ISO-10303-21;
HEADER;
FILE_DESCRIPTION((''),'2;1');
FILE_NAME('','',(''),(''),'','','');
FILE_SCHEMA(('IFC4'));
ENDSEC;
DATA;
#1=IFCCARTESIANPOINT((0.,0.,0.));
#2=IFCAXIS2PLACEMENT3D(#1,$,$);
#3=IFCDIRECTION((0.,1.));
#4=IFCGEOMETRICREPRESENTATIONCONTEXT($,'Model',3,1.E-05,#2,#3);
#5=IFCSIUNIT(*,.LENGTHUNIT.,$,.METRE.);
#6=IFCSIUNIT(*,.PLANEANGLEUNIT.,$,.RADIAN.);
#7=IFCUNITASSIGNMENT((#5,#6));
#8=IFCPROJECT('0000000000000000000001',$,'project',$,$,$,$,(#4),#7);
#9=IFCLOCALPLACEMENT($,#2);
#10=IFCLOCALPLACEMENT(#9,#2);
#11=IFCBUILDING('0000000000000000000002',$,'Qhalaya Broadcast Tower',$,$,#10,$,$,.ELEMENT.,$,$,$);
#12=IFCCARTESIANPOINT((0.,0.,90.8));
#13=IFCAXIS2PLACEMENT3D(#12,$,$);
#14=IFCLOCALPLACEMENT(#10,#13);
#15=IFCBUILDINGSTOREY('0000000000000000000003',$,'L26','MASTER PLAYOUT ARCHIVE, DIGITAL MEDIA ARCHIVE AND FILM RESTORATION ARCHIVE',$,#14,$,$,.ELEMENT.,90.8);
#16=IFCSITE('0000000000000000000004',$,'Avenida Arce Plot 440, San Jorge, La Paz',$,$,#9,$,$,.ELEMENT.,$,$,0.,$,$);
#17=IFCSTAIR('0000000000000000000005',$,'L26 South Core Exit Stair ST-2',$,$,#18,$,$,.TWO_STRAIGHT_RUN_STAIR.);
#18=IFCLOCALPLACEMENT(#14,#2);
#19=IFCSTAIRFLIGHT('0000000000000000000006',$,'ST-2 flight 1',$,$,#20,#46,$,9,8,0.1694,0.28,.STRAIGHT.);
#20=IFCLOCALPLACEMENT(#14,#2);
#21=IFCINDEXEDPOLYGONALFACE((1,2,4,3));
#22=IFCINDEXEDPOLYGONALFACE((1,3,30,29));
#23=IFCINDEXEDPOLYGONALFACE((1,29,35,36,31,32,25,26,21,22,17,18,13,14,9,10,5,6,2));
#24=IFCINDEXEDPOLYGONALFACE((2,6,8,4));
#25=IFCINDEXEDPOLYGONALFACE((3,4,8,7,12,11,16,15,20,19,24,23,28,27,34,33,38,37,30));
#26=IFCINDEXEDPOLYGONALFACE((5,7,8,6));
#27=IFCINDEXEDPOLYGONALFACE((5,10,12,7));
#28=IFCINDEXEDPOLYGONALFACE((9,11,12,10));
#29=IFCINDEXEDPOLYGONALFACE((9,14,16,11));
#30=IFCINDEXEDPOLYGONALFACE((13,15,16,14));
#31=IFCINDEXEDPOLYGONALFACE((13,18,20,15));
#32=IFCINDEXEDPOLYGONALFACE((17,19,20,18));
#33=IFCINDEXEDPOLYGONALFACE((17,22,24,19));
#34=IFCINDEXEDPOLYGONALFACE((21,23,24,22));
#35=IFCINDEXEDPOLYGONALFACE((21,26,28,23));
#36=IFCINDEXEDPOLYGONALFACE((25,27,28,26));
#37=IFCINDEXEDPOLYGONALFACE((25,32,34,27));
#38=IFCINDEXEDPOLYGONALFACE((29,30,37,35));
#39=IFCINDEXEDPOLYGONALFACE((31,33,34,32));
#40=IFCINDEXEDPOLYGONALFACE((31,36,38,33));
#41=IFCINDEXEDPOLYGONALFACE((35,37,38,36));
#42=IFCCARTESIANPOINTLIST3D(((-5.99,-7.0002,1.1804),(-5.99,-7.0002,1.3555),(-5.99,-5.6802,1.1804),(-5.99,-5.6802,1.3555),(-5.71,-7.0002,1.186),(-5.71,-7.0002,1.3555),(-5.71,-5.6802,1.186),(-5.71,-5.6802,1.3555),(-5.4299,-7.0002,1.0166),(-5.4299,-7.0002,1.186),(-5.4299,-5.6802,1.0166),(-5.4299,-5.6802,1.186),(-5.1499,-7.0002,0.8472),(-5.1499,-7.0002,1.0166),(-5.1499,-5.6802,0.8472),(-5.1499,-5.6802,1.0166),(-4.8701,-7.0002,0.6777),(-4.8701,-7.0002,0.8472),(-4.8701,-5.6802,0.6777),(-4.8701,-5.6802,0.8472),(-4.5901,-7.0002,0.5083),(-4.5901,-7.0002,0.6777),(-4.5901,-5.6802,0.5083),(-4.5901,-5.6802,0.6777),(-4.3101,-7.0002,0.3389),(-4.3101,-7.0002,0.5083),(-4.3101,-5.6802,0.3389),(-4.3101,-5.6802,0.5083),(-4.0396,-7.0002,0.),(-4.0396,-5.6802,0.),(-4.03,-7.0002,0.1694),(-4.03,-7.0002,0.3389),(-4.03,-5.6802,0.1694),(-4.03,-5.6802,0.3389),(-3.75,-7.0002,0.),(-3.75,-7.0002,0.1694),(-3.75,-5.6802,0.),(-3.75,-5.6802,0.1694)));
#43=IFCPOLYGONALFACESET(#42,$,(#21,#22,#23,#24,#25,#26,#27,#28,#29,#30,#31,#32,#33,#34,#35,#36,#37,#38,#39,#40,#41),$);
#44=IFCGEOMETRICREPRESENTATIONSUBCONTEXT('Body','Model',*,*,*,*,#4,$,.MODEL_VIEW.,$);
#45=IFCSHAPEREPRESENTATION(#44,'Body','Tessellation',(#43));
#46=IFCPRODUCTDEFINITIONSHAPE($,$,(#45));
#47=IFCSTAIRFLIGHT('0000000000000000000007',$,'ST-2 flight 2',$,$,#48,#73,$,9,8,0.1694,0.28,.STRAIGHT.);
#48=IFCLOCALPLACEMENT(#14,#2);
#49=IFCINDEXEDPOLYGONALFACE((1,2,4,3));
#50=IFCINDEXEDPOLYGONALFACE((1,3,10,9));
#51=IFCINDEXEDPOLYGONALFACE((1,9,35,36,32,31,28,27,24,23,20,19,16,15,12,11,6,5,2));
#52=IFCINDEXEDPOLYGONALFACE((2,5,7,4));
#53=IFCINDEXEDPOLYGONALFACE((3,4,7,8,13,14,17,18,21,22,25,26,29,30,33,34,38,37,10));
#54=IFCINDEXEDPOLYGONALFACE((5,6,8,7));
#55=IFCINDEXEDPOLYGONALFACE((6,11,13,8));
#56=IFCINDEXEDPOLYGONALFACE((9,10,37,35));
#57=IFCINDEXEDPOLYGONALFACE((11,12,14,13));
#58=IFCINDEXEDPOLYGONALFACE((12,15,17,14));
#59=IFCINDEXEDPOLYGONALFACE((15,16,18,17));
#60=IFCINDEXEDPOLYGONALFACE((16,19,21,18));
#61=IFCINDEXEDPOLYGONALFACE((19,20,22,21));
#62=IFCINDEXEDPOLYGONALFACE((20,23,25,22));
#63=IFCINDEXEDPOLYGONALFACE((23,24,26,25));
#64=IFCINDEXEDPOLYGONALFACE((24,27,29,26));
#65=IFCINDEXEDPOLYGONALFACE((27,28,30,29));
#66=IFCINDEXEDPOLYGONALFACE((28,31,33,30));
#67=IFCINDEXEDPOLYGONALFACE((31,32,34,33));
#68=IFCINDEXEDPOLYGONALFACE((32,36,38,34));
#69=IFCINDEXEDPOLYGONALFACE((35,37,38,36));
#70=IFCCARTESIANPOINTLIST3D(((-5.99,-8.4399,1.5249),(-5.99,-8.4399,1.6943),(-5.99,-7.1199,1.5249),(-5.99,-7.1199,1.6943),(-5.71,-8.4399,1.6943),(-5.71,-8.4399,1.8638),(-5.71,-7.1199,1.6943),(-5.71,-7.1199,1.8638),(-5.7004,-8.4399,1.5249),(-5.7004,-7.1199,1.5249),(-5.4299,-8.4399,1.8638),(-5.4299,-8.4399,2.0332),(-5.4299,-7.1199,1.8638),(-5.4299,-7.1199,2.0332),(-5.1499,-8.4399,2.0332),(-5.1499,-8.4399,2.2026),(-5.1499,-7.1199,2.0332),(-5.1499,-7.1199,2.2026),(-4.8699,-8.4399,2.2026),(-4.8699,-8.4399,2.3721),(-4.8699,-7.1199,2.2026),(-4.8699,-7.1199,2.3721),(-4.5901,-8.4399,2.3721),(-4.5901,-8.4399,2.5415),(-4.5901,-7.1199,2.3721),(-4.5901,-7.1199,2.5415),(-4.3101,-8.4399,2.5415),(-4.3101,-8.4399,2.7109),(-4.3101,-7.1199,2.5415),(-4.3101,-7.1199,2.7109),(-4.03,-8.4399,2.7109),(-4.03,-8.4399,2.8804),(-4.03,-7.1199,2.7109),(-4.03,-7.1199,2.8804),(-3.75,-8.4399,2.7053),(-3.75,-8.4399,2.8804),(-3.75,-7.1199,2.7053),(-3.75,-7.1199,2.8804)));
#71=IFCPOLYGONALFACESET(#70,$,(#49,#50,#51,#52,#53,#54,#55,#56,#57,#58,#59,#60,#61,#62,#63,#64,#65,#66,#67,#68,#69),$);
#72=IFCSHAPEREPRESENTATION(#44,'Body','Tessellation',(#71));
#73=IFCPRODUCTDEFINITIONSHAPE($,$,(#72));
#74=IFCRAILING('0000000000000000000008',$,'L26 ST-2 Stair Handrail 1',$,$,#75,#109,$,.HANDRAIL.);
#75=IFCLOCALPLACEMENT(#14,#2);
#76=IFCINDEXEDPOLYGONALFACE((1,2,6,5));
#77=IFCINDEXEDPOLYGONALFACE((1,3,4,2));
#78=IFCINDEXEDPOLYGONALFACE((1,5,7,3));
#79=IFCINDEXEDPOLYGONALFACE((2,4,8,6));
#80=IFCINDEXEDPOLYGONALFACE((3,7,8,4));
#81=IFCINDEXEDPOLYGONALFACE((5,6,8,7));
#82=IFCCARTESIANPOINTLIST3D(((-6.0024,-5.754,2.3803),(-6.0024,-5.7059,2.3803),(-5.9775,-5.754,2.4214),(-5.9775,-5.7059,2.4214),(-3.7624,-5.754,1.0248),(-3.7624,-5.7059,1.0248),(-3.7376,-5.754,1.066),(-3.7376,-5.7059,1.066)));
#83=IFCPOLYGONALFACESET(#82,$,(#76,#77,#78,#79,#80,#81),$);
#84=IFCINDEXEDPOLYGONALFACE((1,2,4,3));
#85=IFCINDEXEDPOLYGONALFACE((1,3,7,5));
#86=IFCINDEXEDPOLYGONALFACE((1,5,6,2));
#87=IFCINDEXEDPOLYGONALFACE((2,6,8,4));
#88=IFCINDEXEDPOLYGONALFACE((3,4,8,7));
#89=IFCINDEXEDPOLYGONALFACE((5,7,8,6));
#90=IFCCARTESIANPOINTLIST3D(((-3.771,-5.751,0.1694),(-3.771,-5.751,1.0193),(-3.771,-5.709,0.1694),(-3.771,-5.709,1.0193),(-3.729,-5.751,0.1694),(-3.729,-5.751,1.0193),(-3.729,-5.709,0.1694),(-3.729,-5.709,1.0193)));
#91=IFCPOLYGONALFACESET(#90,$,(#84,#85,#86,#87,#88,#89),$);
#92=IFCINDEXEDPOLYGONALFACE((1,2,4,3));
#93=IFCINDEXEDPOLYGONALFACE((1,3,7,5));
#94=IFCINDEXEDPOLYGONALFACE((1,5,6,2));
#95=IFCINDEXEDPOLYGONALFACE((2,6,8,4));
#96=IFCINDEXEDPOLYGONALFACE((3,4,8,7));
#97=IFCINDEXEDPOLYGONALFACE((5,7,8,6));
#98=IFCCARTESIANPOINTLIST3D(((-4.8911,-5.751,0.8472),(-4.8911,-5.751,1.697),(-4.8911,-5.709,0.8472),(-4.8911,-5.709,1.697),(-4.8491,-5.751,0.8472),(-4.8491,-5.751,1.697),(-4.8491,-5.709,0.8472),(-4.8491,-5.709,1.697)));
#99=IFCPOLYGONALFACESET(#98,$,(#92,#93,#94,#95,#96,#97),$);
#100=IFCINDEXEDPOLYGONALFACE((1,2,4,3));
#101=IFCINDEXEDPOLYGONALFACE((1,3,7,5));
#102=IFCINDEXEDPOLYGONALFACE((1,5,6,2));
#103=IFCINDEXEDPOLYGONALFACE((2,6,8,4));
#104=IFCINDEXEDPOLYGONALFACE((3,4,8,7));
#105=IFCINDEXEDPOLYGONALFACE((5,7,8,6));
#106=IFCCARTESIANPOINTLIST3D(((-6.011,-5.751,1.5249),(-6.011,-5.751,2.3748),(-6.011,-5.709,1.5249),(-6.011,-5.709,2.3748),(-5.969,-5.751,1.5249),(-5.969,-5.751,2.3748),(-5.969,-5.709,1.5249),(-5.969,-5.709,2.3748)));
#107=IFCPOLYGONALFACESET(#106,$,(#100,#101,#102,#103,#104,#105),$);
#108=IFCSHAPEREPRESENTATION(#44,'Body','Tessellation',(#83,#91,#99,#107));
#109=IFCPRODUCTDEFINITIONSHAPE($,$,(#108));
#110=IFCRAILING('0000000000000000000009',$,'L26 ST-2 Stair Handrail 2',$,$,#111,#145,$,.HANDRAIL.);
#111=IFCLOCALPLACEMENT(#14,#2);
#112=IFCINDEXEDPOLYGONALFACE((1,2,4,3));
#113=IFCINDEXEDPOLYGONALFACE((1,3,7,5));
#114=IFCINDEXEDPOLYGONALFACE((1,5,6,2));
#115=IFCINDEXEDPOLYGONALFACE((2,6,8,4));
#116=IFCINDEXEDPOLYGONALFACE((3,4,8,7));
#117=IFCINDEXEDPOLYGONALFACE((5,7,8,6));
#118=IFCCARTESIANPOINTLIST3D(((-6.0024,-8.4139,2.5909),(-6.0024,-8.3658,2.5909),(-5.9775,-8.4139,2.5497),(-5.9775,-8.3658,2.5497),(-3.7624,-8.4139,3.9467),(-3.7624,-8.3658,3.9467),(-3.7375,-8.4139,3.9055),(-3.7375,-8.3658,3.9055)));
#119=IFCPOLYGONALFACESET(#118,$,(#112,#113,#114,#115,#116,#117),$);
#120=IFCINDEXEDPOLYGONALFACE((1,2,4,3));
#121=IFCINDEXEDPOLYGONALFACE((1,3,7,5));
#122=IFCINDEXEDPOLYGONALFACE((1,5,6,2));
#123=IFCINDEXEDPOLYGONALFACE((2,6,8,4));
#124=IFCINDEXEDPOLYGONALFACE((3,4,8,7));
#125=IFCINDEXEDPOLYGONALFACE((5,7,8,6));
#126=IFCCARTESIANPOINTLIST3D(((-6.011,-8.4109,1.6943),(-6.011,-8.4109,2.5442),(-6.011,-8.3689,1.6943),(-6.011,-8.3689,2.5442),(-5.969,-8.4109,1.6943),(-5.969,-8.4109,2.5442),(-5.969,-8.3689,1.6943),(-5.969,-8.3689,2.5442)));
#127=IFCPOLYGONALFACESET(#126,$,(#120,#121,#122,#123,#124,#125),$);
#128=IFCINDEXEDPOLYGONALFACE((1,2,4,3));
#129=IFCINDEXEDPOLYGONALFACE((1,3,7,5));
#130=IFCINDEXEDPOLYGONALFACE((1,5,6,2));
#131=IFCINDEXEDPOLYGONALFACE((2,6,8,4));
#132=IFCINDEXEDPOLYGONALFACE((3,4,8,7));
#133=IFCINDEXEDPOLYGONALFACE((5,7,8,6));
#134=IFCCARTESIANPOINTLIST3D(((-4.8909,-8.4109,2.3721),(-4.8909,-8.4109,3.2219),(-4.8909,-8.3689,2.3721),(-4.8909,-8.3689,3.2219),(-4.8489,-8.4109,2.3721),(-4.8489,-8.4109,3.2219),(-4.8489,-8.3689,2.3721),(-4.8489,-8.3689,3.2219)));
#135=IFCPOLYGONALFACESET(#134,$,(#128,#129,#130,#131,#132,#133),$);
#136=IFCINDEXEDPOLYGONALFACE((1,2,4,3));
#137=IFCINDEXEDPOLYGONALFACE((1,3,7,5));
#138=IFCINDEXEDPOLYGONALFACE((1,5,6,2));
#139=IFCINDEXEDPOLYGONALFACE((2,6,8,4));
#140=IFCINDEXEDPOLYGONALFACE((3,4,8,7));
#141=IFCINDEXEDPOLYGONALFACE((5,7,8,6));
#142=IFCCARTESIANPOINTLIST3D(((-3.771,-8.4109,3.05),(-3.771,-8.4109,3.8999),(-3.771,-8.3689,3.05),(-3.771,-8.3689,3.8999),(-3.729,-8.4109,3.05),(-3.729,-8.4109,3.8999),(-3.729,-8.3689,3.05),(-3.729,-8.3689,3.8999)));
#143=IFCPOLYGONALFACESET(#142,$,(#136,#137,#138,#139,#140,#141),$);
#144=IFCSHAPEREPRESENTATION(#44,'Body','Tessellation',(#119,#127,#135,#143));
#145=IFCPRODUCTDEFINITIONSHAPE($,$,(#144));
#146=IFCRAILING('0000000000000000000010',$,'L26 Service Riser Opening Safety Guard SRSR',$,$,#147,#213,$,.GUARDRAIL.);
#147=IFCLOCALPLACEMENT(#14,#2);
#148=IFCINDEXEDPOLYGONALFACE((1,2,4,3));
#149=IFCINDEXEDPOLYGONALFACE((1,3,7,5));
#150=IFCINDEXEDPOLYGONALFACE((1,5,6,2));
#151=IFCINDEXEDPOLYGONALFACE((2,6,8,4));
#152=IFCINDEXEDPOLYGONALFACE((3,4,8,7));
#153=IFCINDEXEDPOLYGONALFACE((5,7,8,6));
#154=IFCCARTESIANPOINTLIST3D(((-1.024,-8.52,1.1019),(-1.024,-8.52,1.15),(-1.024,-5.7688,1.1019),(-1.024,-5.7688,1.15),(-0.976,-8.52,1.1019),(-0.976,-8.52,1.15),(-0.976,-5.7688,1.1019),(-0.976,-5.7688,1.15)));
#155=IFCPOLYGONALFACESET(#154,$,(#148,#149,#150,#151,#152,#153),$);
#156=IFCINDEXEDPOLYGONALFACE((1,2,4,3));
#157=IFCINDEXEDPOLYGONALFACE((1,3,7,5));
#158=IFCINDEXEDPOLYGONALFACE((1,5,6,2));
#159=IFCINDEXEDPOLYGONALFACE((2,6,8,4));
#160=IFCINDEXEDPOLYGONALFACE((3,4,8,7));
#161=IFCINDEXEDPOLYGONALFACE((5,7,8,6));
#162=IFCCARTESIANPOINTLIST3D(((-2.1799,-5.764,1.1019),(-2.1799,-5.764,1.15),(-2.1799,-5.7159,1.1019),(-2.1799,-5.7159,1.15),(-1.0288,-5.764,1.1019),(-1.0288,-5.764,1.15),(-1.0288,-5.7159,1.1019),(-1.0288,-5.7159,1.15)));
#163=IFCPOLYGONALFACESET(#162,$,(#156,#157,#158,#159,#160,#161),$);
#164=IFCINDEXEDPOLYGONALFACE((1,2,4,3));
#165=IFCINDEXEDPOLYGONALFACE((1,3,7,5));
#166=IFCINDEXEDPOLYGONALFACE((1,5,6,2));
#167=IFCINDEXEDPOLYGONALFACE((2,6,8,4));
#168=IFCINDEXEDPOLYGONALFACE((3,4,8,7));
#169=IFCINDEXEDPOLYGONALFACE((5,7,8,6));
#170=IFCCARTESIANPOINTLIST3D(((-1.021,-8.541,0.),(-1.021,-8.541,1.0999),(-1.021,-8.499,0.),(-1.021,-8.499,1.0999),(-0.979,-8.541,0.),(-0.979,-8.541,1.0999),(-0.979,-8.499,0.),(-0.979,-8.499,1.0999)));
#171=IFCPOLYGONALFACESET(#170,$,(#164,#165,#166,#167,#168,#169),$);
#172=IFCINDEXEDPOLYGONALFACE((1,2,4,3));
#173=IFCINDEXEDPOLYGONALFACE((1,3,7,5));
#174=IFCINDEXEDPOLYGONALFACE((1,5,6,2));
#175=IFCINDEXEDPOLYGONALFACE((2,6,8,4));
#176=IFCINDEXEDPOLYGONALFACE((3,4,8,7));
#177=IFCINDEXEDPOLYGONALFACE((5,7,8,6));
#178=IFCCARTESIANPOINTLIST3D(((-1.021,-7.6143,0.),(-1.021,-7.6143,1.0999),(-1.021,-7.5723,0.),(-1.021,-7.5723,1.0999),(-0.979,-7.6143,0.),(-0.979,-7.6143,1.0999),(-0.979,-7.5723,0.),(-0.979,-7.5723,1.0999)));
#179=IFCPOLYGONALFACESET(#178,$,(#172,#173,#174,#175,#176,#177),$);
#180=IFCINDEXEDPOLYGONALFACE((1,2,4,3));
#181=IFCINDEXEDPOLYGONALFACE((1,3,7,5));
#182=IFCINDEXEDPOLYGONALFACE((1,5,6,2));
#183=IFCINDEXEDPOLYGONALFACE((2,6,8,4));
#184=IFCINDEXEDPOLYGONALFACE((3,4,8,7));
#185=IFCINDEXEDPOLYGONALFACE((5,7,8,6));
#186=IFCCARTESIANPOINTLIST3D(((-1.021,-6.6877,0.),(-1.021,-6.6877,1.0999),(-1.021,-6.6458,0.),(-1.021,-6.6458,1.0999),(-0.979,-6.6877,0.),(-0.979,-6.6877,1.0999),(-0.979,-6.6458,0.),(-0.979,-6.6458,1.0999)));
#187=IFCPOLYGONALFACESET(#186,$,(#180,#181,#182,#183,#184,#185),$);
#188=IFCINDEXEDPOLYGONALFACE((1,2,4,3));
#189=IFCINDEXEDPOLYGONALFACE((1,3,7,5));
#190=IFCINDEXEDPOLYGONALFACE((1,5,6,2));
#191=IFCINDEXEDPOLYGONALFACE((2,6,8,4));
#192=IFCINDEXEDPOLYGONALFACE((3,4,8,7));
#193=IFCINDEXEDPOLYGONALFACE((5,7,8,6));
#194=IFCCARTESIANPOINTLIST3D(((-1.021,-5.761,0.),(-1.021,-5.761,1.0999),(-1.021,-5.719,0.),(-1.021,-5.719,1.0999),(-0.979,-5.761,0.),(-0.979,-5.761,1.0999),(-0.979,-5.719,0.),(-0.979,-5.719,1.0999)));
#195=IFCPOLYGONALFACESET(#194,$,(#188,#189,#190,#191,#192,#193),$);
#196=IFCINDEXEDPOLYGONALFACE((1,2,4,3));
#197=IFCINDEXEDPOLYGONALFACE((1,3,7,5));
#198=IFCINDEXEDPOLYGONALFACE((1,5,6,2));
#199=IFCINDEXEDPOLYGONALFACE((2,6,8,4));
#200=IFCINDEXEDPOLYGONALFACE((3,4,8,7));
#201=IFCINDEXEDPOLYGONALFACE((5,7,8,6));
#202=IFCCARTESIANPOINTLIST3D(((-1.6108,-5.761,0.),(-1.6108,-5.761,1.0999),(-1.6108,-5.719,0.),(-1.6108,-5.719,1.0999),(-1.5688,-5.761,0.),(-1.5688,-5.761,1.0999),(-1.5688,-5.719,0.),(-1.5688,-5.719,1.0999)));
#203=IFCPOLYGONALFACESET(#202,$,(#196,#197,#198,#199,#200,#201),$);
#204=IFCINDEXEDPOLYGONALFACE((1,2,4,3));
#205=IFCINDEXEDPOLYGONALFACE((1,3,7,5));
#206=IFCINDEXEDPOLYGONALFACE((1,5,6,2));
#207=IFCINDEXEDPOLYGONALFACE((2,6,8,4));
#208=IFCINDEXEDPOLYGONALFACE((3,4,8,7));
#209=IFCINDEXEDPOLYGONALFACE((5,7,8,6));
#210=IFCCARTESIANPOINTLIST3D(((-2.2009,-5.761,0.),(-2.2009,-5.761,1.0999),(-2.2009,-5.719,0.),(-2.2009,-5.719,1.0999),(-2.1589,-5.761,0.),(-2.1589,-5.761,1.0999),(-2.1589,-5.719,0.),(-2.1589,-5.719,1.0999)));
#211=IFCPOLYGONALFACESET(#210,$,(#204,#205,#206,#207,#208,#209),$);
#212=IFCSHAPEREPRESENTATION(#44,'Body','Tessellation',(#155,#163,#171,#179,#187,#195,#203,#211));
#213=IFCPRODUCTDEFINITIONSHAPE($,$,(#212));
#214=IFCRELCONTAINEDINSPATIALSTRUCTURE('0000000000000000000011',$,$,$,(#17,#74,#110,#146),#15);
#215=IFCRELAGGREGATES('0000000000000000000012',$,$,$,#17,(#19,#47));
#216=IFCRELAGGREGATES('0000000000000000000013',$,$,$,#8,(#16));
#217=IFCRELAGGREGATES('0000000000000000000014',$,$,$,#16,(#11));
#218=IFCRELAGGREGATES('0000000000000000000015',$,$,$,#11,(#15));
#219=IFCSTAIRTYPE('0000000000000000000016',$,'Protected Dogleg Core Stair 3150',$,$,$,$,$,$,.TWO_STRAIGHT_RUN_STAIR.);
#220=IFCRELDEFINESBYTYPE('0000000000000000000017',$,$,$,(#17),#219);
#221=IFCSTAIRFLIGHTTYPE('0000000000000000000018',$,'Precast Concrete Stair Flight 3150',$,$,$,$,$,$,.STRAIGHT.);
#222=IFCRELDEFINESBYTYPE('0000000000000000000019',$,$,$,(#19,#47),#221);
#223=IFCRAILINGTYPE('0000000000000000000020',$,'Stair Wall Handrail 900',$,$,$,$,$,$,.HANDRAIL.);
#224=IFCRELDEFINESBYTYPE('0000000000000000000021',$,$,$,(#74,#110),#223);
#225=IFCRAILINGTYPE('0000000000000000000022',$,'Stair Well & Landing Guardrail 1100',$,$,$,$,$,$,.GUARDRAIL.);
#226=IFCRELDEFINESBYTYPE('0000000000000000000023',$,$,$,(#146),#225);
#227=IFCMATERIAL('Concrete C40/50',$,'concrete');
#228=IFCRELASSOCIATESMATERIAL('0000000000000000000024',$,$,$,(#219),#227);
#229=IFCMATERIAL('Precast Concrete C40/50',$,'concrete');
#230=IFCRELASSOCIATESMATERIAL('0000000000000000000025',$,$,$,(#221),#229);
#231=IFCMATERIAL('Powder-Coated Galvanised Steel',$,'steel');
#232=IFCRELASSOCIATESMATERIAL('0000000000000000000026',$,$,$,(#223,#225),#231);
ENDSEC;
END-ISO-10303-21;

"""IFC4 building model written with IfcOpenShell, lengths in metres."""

from ifc_helpers import new_model, si_unit, direction, frame, origin, origin_2d, place, context, subcontext, project, spatial, polyline, rectangle, outline, extrude, material, type_object, element, aggregate, save


model = new_model("IFC4")

# Units and contexts
model_context = context("Model", 3, precision=1e-05, world=origin(), true_north=direction((0.0, 1.0)))
body_context = subcontext(model_context, "Body", "Model", "MODEL_VIEW")
ifc_project = project(units=[si_unit("LENGTHUNIT", "METRE"), si_unit("PLANEANGLEUNIT", "RADIAN")], contexts=[model_context])

# Site, building, storey
site_placement = place(None, origin())
site = spatial("IfcSite", under=ifc_project, at=site_placement, Name="Avenida Arce Plot 440, San Jorge, La Paz", CompositionType="ELEMENT", RefElevation=0.0)
building_placement = place(site_placement, origin())
building = spatial("IfcBuilding", under=site, at=building_placement, Name="Qhalaya Broadcast Tower", CompositionType="ELEMENT")
storey_placement = place(building_placement, frame((0.0, 0.0, 90.8)))
storey = spatial("IfcBuildingStorey", under=building, at=storey_placement, Name="L26", Description="MASTER PLAYOUT ARCHIVE, DIGITAL MEDIA ARCHIVE AND FILM RESTORATION ARCHIVE", CompositionType="ELEMENT", Elevation=90.8)

# Shared definitions
ifc_material_1 = material(Name="Concrete C40/50", Category="concrete")

# Stair, stair flights
stair_type = type_object("IfcStairType", Name="Protected Dogleg Core Stair 3150", PredefinedType="TWO_STRAIGHT_RUN_STAIR", material=ifc_material_1)
stair_placement = place(storey_placement, origin())
stair = element("IfcStair", 1, at=stair_placement, inside=storey, type_object=stair_type, Name="L26 South Core Exit Stair ST-2", PredefinedType="TWO_STRAIGHT_RUN_STAIR")
ifc_material_2 = material(Name="Precast Concrete C40/50", Category="concrete")
stair_flight_type = type_object("IfcStairFlightType", Name="Precast Concrete Stair Flight 3150", PredefinedType="STRAIGHT", material=ifc_material_2)
stair_flight_1_placement = place(storey_placement, frame((-3.75, -6.3401, 0.0), z_axis=(0.0, 0.0, 1.0), x_axis=(-1.0, 0.0, 0.0)))
stair_flight_1 = element("IfcStairFlight", 2, at=stair_flight_1_placement, type_object=stair_flight_type, Name="ST-2 flight 1", NumberOfRisers=9, NumberOfTreads=8, PredefinedType="STRAIGHT", RiserHeight=0.1694, TreadLength=0.28, context=body_context, shape_type="SweptSolid", body=[
    extrude(outline(polyline([(0.0, 0.0), (0.0, 0.1694), (0.28, 0.1694), (0.28, 0.3389), (0.5601, 0.3389), (0.5601, 0.5083), (0.8401, 0.5083), (0.8401, 0.6777), (1.1201, 0.6777), (1.1201, 0.8472), (1.3999, 0.8472), (1.3999, 1.0166), (1.6799, 1.0166), (1.6799, 1.186), (1.96, 1.186), (1.96, 1.3555), (2.24, 1.3555), (2.24, 1.5249), (2.24, 1.1804), (0.2896, 0.0), (0.0, 0.0)])), frame((0.0, 0.6602, 0.0), z_axis=(0.0, -1.0, 0.0), x_axis=(1.0, 0.0, 0.0)), (0.0, 0.0, 1.0), 1.3201),
])
stair_flight_2_placement = place(storey_placement, frame((-5.99, -7.78, 1.5249), z_axis=(0.0, 0.0, 1.0), x_axis=(1.0, 0.0, 0.0)))
stair_flight_2 = element("IfcStairFlight", 3, at=stair_flight_2_placement, type_object=stair_flight_type, Name="ST-2 flight 2", NumberOfRisers=9, NumberOfTreads=8, PredefinedType="STRAIGHT", RiserHeight=0.1694, TreadLength=0.28, context=body_context, shape_type="SweptSolid", body=[
    extrude(outline(polyline([(0.0, 0.0), (0.0, 0.1694), (0.28, 0.1694), (0.28, 0.3389), (0.5601, 0.3389), (0.5601, 0.5083), (0.8401, 0.5083), (0.8401, 0.6777), (1.1201, 0.6777), (1.1201, 0.8472), (1.3999, 0.8472), (1.3999, 1.0166), (1.6799, 1.0166), (1.6799, 1.186), (1.96, 1.186), (1.96, 1.3555), (2.24, 1.3555), (2.24, 1.5249), (2.24, 1.1804), (0.2896, 0.0), (0.0, 0.0)])), frame((0.0, 0.6602, 0.0), z_axis=(0.0, -1.0, 0.0), x_axis=(1.0, 0.0, 0.0)), (0.0, 0.0, 1.0), 1.3201),
])
aggregate(stair, [stair_flight_1, stair_flight_2])

# Railings
ifc_material_3 = material(Name="Powder-Coated Galvanised Steel", Category="steel")
railing_type_1 = type_object("IfcRailingType", Name="Stair Wall Handrail 900", PredefinedType="HANDRAIL", material=ifc_material_3)
railing_1_placement = place(storey_placement, frame((-3.75, -5.73, 0.1694)))
element("IfcRailing", 4, at=railing_1_placement, inside=storey, type_object=railing_type_1, Name="L26 ST-2 Stair Handrail 1", PredefinedType="HANDRAIL", context=body_context, shape_type="SweptSolid", body=[
    extrude(rectangle(XDim=0.0481, YDim=0.0481, at=origin_2d()), frame((0.0, 0.0, 0.876), z_axis=(-0.855553, 0.0, 0.517715), x_axis=(0.0, -1.0, 0.0)), (0.0, 0.0, 1.0), 2.6182),
    extrude(rectangle(XDim=0.042, YDim=0.042, at=origin_2d()), origin(), (0.0, 0.0, 1.0), 0.8499),
    extrude(rectangle(XDim=0.042, YDim=0.042, at=origin_2d()), frame((-1.1201, 0.0, 0.6777)), (0.0, 0.0, 1.0), 0.8499),
    extrude(rectangle(XDim=0.042, YDim=0.042, at=origin_2d()), frame((-2.24, 0.0, 1.3555)), (0.0, 0.0, 1.0), 0.8499),
])
railing_2_placement = place(storey_placement, frame((-5.99, -8.3899, 1.6943)))
element("IfcRailing", 5, at=railing_2_placement, inside=storey, type_object=railing_type_1, Name="L26 ST-2 Stair Handrail 2", PredefinedType="HANDRAIL", context=body_context, shape_type="SweptSolid", body=[
    extrude(rectangle(XDim=0.0481, YDim=0.0481, at=origin_2d()), frame((0.0, 0.0, 0.876), z_axis=(0.855512, 0.0, 0.517783), x_axis=(0.0, 1.0, 0.0)), (0.0, 0.0, 1.0), 2.6184),
    extrude(rectangle(XDim=0.042, YDim=0.042, at=origin_2d()), origin(), (0.0, 0.0, 1.0), 0.8499),
    extrude(rectangle(XDim=0.042, YDim=0.042, at=origin_2d()), frame((1.1201, 0.0, 0.6777)), (0.0, 0.0, 1.0), 0.8499),
    extrude(rectangle(XDim=0.042, YDim=0.042, at=origin_2d()), frame((2.24, 0.0, 1.3557)), (0.0, 0.0, 1.0), 0.8499),
])
railing_type_2 = type_object("IfcRailingType", Name="Stair Well & Landing Guardrail 1100", PredefinedType="GUARDRAIL", material=ifc_material_3)
railing_3_placement = place(storey_placement, frame((-1.0, -8.52, 0.0)))
element("IfcRailing", 6, at=railing_3_placement, inside=storey, type_object=railing_type_2, Name="L26 Service Riser Opening Safety Guard SRSR", PredefinedType="GUARDRAIL", context=body_context, shape_type="SweptSolid", body=[
    extrude(rectangle(XDim=0.0481, YDim=0.0481, at=origin_2d()), frame((0.0, 0.0, 1.126), z_axis=(0.0, 1.0, 0.0), x_axis=(-1.0, 0.0, 0.0)), (0.0, 0.0, 1.0), 2.7512),
    extrude(rectangle(XDim=0.0481, YDim=0.0481, at=origin_2d()), frame((-0.0288, 2.78, 1.126), z_axis=(-1.0, 0.0, 0.0), x_axis=(0.0, -1.0, 0.0)), (0.0, 0.0, 1.0), 1.1511),
    extrude(rectangle(XDim=0.042, YDim=0.042, at=origin_2d()), origin(), (0.0, 0.0, 1.0), 1.0999),
    extrude(rectangle(XDim=0.042, YDim=0.042, at=origin_2d()), frame((0.0, 0.9268, 0.0)), (0.0, 0.0, 1.0), 1.0999),
    extrude(rectangle(XDim=0.042, YDim=0.042, at=origin_2d()), frame((0.0, 1.8533, 0.0)), (0.0, 0.0, 1.0), 1.0999),
    extrude(rectangle(XDim=0.042, YDim=0.042, at=origin_2d()), frame((0.0, 2.78, 0.0)), (0.0, 0.0, 1.0), 1.0999),
    extrude(rectangle(XDim=0.042, YDim=0.042, at=origin_2d()), frame((-0.5898, 2.78, 0.0)), (0.0, 0.0, 1.0), 1.0999),
    extrude(rectangle(XDim=0.042, YDim=0.042, at=origin_2d()), frame((-1.1799, 2.78, 0.0)), (0.0, 0.0, 1.0), 1.0999),
])

save(model, "model.ifc")
